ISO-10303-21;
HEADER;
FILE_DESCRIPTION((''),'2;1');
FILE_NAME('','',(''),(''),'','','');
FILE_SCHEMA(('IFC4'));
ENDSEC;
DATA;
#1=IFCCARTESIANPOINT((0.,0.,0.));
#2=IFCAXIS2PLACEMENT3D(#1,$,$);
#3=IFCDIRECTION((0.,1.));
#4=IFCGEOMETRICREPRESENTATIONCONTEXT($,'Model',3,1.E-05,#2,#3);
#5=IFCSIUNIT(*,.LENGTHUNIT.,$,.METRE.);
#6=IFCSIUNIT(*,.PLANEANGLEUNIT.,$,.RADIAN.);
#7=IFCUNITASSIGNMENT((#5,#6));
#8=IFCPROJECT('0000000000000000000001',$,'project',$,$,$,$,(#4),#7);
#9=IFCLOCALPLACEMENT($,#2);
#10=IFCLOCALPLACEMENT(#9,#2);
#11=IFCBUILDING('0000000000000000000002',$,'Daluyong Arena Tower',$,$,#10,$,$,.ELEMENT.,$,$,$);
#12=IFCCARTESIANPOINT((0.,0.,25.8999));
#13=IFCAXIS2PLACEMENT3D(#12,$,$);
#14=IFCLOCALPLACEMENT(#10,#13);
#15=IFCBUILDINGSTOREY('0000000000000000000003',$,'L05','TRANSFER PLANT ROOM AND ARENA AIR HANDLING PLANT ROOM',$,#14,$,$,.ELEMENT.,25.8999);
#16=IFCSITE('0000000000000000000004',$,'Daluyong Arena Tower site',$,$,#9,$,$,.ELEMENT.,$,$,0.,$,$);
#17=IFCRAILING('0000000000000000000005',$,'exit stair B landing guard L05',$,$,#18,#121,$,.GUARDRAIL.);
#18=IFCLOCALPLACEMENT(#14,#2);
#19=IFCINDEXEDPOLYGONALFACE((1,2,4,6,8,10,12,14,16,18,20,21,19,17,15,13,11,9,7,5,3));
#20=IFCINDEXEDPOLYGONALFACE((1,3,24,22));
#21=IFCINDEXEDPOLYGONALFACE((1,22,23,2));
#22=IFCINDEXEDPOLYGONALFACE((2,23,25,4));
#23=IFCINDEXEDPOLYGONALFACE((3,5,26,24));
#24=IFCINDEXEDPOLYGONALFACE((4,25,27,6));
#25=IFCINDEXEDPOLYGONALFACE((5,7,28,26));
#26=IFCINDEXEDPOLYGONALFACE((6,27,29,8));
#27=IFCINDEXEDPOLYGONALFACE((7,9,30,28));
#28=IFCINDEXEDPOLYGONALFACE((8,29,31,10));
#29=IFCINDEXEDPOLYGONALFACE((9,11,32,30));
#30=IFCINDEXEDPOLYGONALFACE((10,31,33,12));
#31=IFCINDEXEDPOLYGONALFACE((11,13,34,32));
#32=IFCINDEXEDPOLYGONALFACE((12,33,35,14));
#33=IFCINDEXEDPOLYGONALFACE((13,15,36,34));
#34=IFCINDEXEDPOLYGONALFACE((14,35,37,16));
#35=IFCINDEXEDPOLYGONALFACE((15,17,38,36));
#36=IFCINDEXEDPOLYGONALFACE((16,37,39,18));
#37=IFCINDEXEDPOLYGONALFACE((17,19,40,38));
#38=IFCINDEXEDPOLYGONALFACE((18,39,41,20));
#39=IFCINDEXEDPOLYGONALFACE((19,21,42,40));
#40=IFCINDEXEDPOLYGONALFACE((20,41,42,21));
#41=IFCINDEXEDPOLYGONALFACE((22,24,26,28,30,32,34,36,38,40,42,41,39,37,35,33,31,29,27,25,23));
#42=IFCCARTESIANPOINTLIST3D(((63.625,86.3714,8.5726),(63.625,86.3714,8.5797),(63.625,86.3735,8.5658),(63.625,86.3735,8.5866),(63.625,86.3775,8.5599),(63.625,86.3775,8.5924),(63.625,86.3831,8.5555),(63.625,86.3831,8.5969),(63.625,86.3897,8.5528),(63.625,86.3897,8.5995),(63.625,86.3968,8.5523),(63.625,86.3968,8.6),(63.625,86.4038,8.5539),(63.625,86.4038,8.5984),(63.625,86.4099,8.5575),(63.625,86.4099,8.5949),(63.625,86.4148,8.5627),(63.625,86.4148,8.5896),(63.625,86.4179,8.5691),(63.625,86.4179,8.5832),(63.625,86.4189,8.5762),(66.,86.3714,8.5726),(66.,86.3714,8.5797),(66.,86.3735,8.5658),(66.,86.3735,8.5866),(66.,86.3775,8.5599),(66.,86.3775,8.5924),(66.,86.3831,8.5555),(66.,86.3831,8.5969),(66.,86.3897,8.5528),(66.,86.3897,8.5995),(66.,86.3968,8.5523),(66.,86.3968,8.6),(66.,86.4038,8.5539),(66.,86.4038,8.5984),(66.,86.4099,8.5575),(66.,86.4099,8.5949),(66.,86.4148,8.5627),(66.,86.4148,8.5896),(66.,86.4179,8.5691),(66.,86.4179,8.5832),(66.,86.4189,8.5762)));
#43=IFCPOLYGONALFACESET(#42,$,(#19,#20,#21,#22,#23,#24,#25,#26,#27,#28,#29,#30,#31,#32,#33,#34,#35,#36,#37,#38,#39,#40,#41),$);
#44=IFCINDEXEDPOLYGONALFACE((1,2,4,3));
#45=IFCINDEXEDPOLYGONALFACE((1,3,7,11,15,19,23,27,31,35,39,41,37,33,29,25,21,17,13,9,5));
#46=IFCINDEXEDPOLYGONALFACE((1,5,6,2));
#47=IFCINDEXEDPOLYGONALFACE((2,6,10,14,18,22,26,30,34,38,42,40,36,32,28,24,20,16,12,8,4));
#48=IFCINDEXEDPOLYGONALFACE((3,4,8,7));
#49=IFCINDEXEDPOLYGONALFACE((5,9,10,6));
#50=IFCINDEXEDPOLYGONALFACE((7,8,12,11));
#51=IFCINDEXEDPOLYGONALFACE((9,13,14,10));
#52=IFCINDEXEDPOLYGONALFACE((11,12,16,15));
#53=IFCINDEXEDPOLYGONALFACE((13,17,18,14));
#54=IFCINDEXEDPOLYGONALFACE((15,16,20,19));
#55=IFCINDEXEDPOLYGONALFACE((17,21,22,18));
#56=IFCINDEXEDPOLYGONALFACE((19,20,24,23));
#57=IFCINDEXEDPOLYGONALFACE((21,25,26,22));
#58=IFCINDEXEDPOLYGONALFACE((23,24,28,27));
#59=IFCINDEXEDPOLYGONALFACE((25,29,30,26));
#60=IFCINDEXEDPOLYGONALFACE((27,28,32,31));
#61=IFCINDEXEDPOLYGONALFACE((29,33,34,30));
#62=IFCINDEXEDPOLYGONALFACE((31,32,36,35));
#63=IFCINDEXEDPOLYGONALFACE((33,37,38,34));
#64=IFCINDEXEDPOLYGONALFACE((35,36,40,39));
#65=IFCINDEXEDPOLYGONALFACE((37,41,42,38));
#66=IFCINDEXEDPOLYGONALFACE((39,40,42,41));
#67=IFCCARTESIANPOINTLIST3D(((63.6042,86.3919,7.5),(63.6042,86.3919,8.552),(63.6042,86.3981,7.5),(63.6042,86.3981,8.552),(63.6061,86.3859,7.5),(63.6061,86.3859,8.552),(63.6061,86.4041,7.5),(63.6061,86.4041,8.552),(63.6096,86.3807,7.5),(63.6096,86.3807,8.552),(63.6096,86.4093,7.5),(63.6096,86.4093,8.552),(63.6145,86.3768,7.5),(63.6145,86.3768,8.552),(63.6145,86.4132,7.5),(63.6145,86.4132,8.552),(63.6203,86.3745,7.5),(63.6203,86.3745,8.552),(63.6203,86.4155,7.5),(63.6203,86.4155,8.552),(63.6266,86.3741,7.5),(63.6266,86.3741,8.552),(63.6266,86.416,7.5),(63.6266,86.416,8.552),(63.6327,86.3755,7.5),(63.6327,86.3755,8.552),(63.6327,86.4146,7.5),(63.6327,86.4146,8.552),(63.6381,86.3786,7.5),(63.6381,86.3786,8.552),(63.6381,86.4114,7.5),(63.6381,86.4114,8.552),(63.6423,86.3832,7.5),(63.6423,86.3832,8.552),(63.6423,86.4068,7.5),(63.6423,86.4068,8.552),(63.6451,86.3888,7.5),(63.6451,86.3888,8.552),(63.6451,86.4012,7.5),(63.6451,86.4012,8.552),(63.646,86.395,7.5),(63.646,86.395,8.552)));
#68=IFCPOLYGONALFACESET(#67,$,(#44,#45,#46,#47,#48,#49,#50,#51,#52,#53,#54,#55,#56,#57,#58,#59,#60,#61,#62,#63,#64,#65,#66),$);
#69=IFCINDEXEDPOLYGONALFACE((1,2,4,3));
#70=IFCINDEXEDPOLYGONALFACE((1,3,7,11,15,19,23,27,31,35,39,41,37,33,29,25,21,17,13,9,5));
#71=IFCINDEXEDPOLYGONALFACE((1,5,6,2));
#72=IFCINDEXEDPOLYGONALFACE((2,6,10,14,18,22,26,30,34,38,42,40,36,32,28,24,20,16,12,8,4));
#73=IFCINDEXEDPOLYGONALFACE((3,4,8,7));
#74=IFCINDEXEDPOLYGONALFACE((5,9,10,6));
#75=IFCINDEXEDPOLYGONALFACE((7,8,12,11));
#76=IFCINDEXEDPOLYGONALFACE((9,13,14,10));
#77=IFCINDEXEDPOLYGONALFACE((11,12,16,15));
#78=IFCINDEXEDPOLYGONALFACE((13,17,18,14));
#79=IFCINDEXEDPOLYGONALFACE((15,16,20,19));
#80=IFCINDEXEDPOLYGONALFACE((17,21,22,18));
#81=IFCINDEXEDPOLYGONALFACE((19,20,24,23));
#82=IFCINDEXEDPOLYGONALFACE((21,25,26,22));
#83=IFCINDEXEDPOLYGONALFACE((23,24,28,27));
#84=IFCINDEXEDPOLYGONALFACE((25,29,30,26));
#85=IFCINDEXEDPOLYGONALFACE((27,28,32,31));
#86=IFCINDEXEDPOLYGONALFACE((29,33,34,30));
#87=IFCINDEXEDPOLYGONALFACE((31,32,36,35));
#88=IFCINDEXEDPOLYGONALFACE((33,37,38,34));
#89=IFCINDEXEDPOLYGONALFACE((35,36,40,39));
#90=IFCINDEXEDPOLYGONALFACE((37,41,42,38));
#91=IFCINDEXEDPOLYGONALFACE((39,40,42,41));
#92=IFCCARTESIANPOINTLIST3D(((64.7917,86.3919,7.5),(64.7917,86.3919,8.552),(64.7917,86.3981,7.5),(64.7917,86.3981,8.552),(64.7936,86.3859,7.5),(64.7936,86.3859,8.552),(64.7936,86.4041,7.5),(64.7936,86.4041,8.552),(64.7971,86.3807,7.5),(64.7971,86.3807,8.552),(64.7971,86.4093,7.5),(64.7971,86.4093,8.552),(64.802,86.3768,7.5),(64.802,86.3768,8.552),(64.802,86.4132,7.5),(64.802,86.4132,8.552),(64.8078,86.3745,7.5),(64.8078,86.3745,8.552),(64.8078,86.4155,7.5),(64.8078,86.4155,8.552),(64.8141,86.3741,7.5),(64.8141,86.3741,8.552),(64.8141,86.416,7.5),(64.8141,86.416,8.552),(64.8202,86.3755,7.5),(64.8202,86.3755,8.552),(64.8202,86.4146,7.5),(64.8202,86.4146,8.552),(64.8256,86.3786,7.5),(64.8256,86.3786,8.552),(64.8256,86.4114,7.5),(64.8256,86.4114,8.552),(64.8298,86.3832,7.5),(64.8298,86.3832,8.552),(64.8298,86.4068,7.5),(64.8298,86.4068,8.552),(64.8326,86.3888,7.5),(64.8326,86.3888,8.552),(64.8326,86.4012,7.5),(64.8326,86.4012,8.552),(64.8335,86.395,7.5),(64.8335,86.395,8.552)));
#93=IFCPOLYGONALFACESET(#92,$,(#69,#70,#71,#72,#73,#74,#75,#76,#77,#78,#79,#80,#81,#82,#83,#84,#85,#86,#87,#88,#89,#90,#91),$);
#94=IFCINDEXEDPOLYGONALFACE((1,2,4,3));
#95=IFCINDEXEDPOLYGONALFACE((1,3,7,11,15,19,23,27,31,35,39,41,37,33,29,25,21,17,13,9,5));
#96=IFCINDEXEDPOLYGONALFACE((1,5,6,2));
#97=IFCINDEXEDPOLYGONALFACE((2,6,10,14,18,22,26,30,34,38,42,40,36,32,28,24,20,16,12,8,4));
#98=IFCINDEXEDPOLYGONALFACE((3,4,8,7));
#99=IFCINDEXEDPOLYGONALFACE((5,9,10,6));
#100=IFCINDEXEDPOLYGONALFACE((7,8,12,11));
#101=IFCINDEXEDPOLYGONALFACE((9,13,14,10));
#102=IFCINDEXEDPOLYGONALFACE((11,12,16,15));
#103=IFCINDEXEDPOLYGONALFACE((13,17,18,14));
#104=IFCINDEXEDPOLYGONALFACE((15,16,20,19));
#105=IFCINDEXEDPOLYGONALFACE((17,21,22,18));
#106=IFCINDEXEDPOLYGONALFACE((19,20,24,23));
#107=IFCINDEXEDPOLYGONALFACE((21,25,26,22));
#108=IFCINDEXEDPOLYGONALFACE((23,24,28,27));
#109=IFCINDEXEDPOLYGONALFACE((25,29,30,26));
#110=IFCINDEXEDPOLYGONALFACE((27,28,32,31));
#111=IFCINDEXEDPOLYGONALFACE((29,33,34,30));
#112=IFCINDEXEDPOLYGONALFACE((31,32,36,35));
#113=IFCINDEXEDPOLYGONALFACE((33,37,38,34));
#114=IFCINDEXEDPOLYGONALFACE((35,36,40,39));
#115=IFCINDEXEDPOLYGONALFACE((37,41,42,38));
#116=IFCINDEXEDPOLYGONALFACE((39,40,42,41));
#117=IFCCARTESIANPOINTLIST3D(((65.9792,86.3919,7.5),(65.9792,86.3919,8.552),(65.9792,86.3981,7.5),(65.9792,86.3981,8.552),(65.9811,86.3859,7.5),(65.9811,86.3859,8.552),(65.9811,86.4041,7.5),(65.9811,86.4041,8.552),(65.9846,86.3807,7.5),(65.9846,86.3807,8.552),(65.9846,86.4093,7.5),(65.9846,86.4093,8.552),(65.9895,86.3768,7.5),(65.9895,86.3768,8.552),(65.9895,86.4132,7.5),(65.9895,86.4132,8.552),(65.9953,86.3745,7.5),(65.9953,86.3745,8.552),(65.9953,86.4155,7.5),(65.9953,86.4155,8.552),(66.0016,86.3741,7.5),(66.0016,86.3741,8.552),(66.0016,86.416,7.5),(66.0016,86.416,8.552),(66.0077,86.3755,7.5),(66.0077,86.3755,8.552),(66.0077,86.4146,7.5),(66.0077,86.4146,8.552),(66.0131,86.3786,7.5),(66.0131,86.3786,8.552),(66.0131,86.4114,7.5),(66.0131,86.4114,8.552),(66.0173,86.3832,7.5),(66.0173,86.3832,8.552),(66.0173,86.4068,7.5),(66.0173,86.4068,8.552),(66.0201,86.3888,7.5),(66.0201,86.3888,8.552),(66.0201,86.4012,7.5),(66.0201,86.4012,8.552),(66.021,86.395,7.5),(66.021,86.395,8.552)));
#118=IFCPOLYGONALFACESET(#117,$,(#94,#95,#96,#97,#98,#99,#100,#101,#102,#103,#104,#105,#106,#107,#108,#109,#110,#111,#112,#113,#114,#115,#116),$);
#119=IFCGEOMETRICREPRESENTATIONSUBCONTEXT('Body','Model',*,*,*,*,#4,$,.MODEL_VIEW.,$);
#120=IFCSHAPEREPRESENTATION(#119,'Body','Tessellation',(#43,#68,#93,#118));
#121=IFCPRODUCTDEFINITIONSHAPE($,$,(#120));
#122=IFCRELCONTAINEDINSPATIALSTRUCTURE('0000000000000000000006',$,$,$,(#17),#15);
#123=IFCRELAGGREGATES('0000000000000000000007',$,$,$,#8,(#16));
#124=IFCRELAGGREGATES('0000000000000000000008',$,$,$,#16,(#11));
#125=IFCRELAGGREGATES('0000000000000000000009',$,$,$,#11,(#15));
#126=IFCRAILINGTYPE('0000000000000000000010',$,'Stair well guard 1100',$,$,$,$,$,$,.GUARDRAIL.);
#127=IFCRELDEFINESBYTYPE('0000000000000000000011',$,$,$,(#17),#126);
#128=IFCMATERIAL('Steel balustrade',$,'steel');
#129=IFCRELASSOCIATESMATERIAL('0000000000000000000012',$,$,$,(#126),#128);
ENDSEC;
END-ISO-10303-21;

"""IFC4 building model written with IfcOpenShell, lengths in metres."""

from ifc_helpers import new_model, si_unit, direction, frame, origin, origin_2d, place, context, subcontext, project, spatial, circle, extrude, material, type_object, element, save


model = new_model("IFC4")

# Units and contexts
model_context = context("Model", 3, precision=1e-05, world=origin(), true_north=direction((0.0, 1.0)))
body_context = subcontext(model_context, "Body", "Model", "MODEL_VIEW")
ifc_project = project(units=[si_unit("LENGTHUNIT", "METRE"), si_unit("PLANEANGLEUNIT", "RADIAN")], contexts=[model_context])

# Site, building, storey
site_placement = place(None, origin())
site = spatial("IfcSite", under=ifc_project, at=site_placement, Name="Daluyong Arena Tower site", CompositionType="ELEMENT", RefElevation=0.0)
building_placement = place(site_placement, origin())
building = spatial("IfcBuilding", under=site, at=building_placement, Name="Daluyong Arena Tower", CompositionType="ELEMENT")
storey_placement = place(building_placement, frame((0.0, 0.0, 25.8999)))
storey = spatial("IfcBuildingStorey", under=building, at=storey_placement, Name="L05", Description="TRANSFER PLANT ROOM AND ARENA AIR HANDLING PLANT ROOM", CompositionType="ELEMENT", Elevation=25.8999)

# Railing
ifc_material_1 = material(Name="Steel balustrade", Category="steel")
railing_type_1 = type_object("IfcRailingType", Name="Stair well guard 1100", PredefinedType="GUARDRAIL", material=ifc_material_1)
for number, where, name in (
    (1, (63.625, 86.395, 7.5), "exit stair B landing guard L05"),
):
    element("IfcRailing", number, at=place(storey_placement, frame(where)), inside=storey, type_object=railing_type_1, Name=name, PredefinedType="GUARDRAIL", context=body_context, shape_type="SweptSolid", body=[
        extrude(circle(Radius=0.0239, at=origin_2d()), frame((0.0, 0.0, 1.0762), z_axis=(1.0, 0.0, 0.0), x_axis=(0.0, 1.0, 0.0)), (0.0, 0.0, 1.0), 2.375),
        extrude(circle(Radius=0.021, at=origin_2d()), origin(), (0.0, 0.0, 1.0), 1.052),
        extrude(circle(Radius=0.021, at=origin_2d()), frame((1.1875, 0.0, 0.0)), (0.0, 0.0, 1.0), 1.052),
        extrude(circle(Radius=0.021, at=origin_2d()), frame((2.375, 0.0, 0.0)), (0.0, 0.0, 1.0), 1.052),
    ])

save(model, "model.ifc")
